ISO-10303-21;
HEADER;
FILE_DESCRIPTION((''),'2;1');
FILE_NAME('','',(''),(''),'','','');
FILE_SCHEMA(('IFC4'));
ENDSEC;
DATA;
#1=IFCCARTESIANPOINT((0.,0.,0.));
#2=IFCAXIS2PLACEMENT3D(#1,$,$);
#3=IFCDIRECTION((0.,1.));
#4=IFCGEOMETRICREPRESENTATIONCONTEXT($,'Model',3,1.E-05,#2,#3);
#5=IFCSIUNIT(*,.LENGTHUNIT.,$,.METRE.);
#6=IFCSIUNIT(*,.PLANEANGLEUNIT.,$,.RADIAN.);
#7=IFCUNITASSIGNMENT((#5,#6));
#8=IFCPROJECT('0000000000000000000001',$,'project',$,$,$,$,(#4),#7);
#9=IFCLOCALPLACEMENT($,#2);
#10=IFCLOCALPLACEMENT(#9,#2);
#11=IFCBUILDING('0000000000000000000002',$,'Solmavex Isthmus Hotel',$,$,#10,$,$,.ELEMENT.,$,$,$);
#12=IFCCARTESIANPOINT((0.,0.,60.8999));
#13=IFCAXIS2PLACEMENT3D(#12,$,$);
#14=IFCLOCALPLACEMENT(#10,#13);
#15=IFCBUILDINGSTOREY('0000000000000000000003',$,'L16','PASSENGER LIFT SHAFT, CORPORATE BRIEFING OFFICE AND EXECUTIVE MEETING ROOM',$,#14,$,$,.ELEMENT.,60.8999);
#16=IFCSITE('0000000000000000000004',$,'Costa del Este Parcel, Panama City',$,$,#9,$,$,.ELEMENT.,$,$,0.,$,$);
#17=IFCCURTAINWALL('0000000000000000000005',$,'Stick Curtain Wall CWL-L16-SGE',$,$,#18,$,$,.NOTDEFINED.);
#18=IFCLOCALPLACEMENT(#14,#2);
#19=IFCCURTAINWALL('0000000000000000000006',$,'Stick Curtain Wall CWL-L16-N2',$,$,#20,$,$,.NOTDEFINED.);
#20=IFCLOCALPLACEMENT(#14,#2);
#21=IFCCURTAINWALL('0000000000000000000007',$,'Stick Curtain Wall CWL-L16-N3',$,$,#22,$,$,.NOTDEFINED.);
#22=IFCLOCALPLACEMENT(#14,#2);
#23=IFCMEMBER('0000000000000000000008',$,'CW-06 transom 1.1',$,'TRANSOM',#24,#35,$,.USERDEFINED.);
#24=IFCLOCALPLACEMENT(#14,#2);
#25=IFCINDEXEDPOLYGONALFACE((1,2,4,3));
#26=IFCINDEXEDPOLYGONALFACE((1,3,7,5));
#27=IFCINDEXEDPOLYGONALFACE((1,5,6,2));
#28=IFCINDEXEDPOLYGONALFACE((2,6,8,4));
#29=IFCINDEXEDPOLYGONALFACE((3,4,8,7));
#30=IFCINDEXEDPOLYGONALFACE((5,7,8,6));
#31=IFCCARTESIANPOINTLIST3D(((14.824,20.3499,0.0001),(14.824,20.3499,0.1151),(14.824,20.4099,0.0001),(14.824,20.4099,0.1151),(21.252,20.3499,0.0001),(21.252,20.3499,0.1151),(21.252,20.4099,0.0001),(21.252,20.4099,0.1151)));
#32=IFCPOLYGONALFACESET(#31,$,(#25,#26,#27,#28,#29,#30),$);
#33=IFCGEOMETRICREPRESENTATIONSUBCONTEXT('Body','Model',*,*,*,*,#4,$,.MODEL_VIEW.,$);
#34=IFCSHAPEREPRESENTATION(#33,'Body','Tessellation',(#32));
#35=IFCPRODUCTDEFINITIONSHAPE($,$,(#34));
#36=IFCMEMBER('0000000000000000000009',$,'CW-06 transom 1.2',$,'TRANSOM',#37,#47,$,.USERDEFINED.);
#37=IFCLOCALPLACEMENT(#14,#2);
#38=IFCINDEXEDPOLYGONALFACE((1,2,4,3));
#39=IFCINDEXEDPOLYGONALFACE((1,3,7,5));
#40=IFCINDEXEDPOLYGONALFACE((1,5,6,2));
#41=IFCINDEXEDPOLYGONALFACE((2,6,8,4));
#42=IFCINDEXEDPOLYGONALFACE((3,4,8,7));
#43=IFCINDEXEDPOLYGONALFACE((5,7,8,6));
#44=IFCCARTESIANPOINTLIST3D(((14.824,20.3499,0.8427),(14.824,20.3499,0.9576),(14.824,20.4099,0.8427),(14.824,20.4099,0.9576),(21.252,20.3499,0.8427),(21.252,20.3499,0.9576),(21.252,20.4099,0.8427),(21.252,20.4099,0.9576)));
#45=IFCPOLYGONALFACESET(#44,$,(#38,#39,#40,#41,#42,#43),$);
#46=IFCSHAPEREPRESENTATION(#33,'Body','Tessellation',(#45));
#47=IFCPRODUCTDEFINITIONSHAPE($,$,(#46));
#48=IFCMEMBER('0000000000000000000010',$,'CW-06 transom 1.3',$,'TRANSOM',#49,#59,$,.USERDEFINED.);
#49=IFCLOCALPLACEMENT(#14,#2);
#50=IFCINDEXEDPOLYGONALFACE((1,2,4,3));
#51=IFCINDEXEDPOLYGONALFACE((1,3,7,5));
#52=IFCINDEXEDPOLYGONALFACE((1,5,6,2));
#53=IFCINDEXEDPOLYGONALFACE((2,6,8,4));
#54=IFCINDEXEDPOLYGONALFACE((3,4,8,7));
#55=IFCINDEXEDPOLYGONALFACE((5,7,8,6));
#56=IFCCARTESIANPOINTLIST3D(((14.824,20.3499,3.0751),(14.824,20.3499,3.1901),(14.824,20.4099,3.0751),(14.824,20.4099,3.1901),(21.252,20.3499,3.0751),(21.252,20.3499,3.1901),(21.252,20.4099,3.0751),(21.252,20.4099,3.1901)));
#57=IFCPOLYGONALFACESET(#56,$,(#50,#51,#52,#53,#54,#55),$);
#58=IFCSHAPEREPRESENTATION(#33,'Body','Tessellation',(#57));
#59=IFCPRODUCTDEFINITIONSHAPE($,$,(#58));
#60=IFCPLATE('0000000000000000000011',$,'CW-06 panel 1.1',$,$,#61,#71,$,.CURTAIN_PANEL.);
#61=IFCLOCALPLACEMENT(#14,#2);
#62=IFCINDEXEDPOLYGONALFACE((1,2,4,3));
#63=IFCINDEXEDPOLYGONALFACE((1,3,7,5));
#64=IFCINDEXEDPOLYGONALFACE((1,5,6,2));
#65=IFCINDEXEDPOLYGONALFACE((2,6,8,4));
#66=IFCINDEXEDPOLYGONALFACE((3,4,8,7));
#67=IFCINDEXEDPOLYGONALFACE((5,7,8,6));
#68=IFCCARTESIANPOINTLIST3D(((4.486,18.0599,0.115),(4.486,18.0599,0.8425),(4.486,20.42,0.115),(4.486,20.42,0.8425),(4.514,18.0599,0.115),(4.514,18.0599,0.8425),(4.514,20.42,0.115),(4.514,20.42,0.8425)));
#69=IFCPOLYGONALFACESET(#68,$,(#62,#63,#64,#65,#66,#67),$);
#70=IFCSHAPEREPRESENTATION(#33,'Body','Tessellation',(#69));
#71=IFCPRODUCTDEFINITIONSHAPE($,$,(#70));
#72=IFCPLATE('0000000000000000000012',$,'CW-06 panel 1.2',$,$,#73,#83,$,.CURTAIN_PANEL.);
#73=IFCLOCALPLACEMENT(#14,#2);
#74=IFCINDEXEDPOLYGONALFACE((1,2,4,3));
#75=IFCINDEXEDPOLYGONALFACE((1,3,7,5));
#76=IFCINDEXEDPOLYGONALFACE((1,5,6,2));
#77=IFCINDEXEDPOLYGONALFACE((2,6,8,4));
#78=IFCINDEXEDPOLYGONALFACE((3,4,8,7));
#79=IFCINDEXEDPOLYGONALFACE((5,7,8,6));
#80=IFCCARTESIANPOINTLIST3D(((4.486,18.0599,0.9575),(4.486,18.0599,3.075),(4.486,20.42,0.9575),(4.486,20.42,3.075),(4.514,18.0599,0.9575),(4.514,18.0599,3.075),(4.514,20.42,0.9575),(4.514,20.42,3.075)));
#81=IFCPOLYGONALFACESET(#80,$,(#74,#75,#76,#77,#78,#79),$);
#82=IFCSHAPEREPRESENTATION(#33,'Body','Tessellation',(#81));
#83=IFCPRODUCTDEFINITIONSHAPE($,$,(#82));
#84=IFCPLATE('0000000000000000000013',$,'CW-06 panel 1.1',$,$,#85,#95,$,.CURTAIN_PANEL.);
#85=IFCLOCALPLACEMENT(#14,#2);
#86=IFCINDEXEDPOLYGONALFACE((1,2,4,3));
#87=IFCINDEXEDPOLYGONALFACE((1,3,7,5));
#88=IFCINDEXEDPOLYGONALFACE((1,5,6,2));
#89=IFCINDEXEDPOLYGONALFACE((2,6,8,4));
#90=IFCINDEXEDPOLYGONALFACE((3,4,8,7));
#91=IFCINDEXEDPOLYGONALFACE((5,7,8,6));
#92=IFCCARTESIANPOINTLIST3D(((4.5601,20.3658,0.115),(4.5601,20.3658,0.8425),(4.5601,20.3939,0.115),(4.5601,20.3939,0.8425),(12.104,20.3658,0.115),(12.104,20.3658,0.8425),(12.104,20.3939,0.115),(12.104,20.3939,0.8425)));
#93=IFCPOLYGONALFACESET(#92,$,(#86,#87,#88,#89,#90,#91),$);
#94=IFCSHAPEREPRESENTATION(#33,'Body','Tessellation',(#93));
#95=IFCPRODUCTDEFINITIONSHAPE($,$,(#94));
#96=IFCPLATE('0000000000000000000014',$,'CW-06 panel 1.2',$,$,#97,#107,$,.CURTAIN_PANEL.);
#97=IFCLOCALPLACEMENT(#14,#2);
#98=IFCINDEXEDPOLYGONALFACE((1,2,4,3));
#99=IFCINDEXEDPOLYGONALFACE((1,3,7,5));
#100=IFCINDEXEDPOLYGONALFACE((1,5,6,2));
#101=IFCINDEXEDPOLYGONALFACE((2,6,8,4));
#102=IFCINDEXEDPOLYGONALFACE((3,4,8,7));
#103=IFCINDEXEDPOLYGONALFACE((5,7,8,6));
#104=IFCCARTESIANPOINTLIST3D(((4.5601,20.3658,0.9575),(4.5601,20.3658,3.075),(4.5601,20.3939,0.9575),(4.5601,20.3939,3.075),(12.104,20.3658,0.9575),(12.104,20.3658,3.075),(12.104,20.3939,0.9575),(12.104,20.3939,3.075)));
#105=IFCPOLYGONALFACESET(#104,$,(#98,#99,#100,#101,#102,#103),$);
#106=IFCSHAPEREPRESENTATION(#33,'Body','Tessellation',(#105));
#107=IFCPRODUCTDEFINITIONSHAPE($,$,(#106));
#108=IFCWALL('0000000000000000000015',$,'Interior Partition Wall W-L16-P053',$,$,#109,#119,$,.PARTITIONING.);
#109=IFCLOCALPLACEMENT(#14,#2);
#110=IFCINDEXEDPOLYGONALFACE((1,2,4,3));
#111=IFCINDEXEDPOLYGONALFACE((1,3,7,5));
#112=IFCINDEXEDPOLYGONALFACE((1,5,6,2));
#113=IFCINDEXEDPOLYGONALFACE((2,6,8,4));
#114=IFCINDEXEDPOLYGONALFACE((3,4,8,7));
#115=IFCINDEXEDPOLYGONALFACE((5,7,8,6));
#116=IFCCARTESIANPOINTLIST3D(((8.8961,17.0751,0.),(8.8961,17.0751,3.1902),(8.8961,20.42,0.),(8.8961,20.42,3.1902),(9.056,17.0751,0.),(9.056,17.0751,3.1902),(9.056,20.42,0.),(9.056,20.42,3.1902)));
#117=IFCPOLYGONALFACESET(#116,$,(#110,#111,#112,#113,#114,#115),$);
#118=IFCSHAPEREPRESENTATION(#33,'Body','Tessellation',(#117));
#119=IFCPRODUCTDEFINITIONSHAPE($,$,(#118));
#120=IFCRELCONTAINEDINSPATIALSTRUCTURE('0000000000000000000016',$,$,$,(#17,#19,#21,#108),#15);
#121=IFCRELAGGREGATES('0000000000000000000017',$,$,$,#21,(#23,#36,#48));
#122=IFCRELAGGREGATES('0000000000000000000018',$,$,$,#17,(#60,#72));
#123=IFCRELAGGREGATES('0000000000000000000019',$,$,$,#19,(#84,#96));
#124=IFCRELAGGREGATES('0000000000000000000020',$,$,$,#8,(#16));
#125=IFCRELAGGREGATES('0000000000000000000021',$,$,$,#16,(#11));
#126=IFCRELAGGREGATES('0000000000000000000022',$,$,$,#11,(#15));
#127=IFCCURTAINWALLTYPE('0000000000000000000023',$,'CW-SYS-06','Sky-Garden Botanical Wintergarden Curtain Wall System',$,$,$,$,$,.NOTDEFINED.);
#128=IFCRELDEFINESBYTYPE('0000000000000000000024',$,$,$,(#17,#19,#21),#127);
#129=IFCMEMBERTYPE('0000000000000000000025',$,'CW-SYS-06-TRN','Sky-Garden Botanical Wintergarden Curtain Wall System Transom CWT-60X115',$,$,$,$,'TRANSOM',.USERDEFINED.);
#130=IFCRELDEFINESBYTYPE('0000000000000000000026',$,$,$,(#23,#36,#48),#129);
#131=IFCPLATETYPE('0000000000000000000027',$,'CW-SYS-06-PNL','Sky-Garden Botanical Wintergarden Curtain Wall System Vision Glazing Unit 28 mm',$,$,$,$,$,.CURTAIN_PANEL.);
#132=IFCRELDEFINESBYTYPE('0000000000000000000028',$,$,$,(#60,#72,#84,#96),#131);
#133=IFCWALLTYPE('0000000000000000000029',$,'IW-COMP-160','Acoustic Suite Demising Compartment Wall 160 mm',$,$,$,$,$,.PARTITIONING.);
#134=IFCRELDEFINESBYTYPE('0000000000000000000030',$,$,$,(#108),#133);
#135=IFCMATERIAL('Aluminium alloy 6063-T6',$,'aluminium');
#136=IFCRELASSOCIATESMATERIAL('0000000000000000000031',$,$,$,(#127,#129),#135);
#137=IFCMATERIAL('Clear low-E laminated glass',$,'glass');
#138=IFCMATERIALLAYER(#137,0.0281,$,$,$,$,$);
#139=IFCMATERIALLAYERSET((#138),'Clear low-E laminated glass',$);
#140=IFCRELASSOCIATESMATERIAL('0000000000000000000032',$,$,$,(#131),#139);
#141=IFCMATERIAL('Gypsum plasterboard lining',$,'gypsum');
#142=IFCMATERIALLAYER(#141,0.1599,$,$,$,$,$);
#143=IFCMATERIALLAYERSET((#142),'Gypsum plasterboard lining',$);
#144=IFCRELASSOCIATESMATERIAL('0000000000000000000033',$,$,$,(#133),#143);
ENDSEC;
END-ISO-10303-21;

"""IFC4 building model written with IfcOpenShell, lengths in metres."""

from ifc_helpers import new_model, si_unit, direction, frame, frame_2d, origin, origin_2d, place, context, subcontext, project, spatial, rectangle, extrude, material, layer, layer_set, material_profile, profile_set, type_object, element, aggregate, save


model = new_model("IFC4")

# Units and contexts
model_context = context("Model", 3, precision=1e-05, world=origin(), true_north=direction((0.0, 1.0)))
body_context = subcontext(model_context, "Body", "Model", "MODEL_VIEW")
ifc_project = project(units=[si_unit("LENGTHUNIT", "METRE"), si_unit("PLANEANGLEUNIT", "RADIAN")], contexts=[model_context])

# Site, building, storey
site_placement = place(None, origin())
site = spatial("IfcSite", under=ifc_project, at=site_placement, Name="Costa del Este Parcel, Panama City", CompositionType="ELEMENT", RefElevation=0.0)
building_placement = place(site_placement, origin())
building = spatial("IfcBuilding", under=site, at=building_placement, Name="Solmavex Isthmus Hotel", CompositionType="ELEMENT")
storey_placement = place(building_placement, frame((0.0, 0.0, 60.8999)))
storey = spatial("IfcBuildingStorey", under=building, at=storey_placement, Name="L16", Description="PASSENGER LIFT SHAFT, CORPORATE BRIEFING OFFICE AND EXECUTIVE MEETING ROOM", CompositionType="ELEMENT", Elevation=60.8999)

# Curtain walls
ifc_material_1 = material(Name="Aluminium alloy 6063-T6", Category="aluminium")
curtain_wall_type = type_object("IfcCurtainWallType", Name="CW-SYS-06", Description="Sky-Garden Botanical Wintergarden Curtain Wall System", PredefinedType="NOTDEFINED", material=ifc_material_1)
curtain_wall_1_placement = place(storey_placement, origin())
curtain_wall_1 = element("IfcCurtainWall", 1, at=curtain_wall_1_placement, inside=storey, type_object=curtain_wall_type, Name="Stick Curtain Wall CWL-L16-SGE", PredefinedType="NOTDEFINED")
curtain_wall_2_placement = place(storey_placement, origin())
curtain_wall_2 = element("IfcCurtainWall", 2, at=curtain_wall_2_placement, inside=storey, type_object=curtain_wall_type, Name="Stick Curtain Wall CWL-L16-N2", PredefinedType="NOTDEFINED")

# Curtain wall
curtain_wall_3_placement = place(storey_placement, origin())
curtain_wall_3 = element("IfcCurtainWall", 3, at=curtain_wall_3_placement, inside=storey, type_object=curtain_wall_type, Name="Stick Curtain Wall CWL-L16-N3", PredefinedType="NOTDEFINED")

# Members
ifc_material_profile_1 = material_profile(ifc_material_1, rectangle(XDim=0.0601, YDim=0.115, at=origin_2d()), Name="CWT-60X115")
ifc_profile_set_1 = profile_set([ifc_material_profile_1], Name="Aluminium alloy 6063-T6")
member_type_1 = type_object("IfcMemberType", Name="CW-SYS-06-TRN", Description="Sky-Garden Botanical Wintergarden Curtain Wall System Transom CWT-60X115", ElementType="TRANSOM", PredefinedType="USERDEFINED", material=ifc_profile_set_1)
member_1_placement = place(storey_placement, frame((14.824, 20.3799, 0.0576), z_axis=(1.0, 0.0, 0.0), x_axis=(0.0, 1.0, 0.0)))
member_1 = element("IfcMember", 4, at=member_1_placement, type_object=member_type_1, Name="CW-06 transom 1.1", ObjectType="TRANSOM", PredefinedType="USERDEFINED", context=body_context, shape_type="SweptSolid", body=[
    extrude(rectangle(XDim=0.0601, YDim=0.115, at=origin_2d()), origin(), (0.0, 0.0, 1.0), 6.428),
])
member_2_placement = place(storey_placement, frame((14.824, 20.3799, 0.9001), z_axis=(1.0, 0.0, 0.0), x_axis=(0.0, 1.0, 0.0)))
member_2 = element("IfcMember", 5, at=member_2_placement, type_object=member_type_1, Name="CW-06 transom 1.2", ObjectType="TRANSOM", PredefinedType="USERDEFINED", context=body_context, shape_type="SweptSolid", body=[
    extrude(rectangle(XDim=0.0601, YDim=0.115, at=origin_2d()), origin(), (0.0, 0.0, 1.0), 6.428),
])
member_3_placement = place(storey_placement, frame((14.824, 20.3799, 3.1326), z_axis=(1.0, 0.0, 0.0), x_axis=(0.0, 1.0, 0.0)))
member_3 = element("IfcMember", 6, at=member_3_placement, type_object=member_type_1, Name="CW-06 transom 1.3", ObjectType="TRANSOM", PredefinedType="USERDEFINED", context=body_context, shape_type="SweptSolid", body=[
    extrude(rectangle(XDim=0.0601, YDim=0.115, at=origin_2d()), origin(), (0.0, 0.0, 1.0), 6.428),
])
aggregate(curtain_wall_3, [member_1, member_2, member_3])

# Plates
ifc_material_2 = material(Name="Clear low-E laminated glass", Category="glass")
ifc_layer_1 = layer(ifc_material_2, 0.0281)
ifc_layer_set_1 = layer_set([ifc_layer_1], Name="Clear low-E laminated glass")
plate_type = type_object("IfcPlateType", Name="CW-SYS-06-PNL", Description="Sky-Garden Botanical Wintergarden Curtain Wall System Vision Glazing Unit 28 mm", PredefinedType="CURTAIN_PANEL", material=ifc_layer_set_1)
plate_1_placement = place(storey_placement, frame((4.5, 19.24, 0.115), z_axis=(0.0, 0.0, 1.0), x_axis=(0.0, 1.0, 0.0)))
plate_1 = element("IfcPlate", 7, at=plate_1_placement, type_object=plate_type, Name="CW-06 panel 1.1", PredefinedType="CURTAIN_PANEL", context=body_context, shape_type="SweptSolid", body=[
    extrude(rectangle(XDim=2.3601, YDim=0.0281, at=origin_2d()), origin(), (0.0, 0.0, 1.0), 0.7275),
])
plate_2_placement = place(storey_placement, frame((4.5, 19.24, 0.9575), z_axis=(0.0, 0.0, 1.0), x_axis=(0.0, 1.0, 0.0)))
plate_2 = element("IfcPlate", 8, at=plate_2_placement, type_object=plate_type, Name="CW-06 panel 1.2", PredefinedType="CURTAIN_PANEL", context=body_context, shape_type="SweptSolid", body=[
    extrude(rectangle(XDim=2.3601, YDim=0.0281, at=origin_2d()), origin(), (0.0, 0.0, 1.0), 2.1174),
])
aggregate(curtain_wall_1, [plate_1, plate_2])
plate_3_placement = place(storey_placement, frame((8.332, 20.3799, 0.115), z_axis=(0.0, 0.0, 1.0), x_axis=(1.0, 0.0, 0.0)))
plate_3 = element("IfcPlate", 9, at=plate_3_placement, type_object=plate_type, Name="CW-06 panel 1.1", PredefinedType="CURTAIN_PANEL", context=body_context, shape_type="SweptSolid", body=[
    extrude(rectangle(XDim=7.5439, YDim=0.0281, at=origin_2d()), origin(), (0.0, 0.0, 1.0), 0.7275),
])
plate_4_placement = place(storey_placement, frame((8.332, 20.3799, 0.9575), z_axis=(0.0, 0.0, 1.0), x_axis=(1.0, 0.0, 0.0)))
plate_4 = element("IfcPlate", 10, at=plate_4_placement, type_object=plate_type, Name="CW-06 panel 1.2", PredefinedType="CURTAIN_PANEL", context=body_context, shape_type="SweptSolid", body=[
    extrude(rectangle(XDim=7.5439, YDim=0.0281, at=origin_2d()), origin(), (0.0, 0.0, 1.0), 2.1174),
])
aggregate(curtain_wall_2, [plate_3, plate_4])

# Wall
ifc_material_3 = material(Name="Gypsum plasterboard lining", Category="gypsum")
ifc_layer_2 = layer(ifc_material_3, 0.1599)
ifc_layer_set_2 = layer_set([ifc_layer_2], Name="Gypsum plasterboard lining")
wall_type_1 = type_object("IfcWallType", Name="IW-COMP-160", Description="Acoustic Suite Demising Compartment Wall 160 mm", PredefinedType="PARTITIONING", material=ifc_layer_set_2)
wall_1_placement = place(storey_placement, frame((8.9761, 20.4199, 0.0), z_axis=(0.0, 0.0, 1.0), x_axis=(0.0, -1.0, 0.0)))
element("IfcWall", 11, at=wall_1_placement, inside=storey, type_object=wall_type_1, Name="Interior Partition Wall W-L16-P053", PredefinedType="PARTITIONING", context=body_context, shape_type="SweptSolid", body=[
    extrude(rectangle(XDim=3.345, YDim=0.1599, at=frame_2d((1.6724, 0.0))), origin(), (0.0, 0.0, 1.0), 3.1902),
])

save(model, "model.ifc")
